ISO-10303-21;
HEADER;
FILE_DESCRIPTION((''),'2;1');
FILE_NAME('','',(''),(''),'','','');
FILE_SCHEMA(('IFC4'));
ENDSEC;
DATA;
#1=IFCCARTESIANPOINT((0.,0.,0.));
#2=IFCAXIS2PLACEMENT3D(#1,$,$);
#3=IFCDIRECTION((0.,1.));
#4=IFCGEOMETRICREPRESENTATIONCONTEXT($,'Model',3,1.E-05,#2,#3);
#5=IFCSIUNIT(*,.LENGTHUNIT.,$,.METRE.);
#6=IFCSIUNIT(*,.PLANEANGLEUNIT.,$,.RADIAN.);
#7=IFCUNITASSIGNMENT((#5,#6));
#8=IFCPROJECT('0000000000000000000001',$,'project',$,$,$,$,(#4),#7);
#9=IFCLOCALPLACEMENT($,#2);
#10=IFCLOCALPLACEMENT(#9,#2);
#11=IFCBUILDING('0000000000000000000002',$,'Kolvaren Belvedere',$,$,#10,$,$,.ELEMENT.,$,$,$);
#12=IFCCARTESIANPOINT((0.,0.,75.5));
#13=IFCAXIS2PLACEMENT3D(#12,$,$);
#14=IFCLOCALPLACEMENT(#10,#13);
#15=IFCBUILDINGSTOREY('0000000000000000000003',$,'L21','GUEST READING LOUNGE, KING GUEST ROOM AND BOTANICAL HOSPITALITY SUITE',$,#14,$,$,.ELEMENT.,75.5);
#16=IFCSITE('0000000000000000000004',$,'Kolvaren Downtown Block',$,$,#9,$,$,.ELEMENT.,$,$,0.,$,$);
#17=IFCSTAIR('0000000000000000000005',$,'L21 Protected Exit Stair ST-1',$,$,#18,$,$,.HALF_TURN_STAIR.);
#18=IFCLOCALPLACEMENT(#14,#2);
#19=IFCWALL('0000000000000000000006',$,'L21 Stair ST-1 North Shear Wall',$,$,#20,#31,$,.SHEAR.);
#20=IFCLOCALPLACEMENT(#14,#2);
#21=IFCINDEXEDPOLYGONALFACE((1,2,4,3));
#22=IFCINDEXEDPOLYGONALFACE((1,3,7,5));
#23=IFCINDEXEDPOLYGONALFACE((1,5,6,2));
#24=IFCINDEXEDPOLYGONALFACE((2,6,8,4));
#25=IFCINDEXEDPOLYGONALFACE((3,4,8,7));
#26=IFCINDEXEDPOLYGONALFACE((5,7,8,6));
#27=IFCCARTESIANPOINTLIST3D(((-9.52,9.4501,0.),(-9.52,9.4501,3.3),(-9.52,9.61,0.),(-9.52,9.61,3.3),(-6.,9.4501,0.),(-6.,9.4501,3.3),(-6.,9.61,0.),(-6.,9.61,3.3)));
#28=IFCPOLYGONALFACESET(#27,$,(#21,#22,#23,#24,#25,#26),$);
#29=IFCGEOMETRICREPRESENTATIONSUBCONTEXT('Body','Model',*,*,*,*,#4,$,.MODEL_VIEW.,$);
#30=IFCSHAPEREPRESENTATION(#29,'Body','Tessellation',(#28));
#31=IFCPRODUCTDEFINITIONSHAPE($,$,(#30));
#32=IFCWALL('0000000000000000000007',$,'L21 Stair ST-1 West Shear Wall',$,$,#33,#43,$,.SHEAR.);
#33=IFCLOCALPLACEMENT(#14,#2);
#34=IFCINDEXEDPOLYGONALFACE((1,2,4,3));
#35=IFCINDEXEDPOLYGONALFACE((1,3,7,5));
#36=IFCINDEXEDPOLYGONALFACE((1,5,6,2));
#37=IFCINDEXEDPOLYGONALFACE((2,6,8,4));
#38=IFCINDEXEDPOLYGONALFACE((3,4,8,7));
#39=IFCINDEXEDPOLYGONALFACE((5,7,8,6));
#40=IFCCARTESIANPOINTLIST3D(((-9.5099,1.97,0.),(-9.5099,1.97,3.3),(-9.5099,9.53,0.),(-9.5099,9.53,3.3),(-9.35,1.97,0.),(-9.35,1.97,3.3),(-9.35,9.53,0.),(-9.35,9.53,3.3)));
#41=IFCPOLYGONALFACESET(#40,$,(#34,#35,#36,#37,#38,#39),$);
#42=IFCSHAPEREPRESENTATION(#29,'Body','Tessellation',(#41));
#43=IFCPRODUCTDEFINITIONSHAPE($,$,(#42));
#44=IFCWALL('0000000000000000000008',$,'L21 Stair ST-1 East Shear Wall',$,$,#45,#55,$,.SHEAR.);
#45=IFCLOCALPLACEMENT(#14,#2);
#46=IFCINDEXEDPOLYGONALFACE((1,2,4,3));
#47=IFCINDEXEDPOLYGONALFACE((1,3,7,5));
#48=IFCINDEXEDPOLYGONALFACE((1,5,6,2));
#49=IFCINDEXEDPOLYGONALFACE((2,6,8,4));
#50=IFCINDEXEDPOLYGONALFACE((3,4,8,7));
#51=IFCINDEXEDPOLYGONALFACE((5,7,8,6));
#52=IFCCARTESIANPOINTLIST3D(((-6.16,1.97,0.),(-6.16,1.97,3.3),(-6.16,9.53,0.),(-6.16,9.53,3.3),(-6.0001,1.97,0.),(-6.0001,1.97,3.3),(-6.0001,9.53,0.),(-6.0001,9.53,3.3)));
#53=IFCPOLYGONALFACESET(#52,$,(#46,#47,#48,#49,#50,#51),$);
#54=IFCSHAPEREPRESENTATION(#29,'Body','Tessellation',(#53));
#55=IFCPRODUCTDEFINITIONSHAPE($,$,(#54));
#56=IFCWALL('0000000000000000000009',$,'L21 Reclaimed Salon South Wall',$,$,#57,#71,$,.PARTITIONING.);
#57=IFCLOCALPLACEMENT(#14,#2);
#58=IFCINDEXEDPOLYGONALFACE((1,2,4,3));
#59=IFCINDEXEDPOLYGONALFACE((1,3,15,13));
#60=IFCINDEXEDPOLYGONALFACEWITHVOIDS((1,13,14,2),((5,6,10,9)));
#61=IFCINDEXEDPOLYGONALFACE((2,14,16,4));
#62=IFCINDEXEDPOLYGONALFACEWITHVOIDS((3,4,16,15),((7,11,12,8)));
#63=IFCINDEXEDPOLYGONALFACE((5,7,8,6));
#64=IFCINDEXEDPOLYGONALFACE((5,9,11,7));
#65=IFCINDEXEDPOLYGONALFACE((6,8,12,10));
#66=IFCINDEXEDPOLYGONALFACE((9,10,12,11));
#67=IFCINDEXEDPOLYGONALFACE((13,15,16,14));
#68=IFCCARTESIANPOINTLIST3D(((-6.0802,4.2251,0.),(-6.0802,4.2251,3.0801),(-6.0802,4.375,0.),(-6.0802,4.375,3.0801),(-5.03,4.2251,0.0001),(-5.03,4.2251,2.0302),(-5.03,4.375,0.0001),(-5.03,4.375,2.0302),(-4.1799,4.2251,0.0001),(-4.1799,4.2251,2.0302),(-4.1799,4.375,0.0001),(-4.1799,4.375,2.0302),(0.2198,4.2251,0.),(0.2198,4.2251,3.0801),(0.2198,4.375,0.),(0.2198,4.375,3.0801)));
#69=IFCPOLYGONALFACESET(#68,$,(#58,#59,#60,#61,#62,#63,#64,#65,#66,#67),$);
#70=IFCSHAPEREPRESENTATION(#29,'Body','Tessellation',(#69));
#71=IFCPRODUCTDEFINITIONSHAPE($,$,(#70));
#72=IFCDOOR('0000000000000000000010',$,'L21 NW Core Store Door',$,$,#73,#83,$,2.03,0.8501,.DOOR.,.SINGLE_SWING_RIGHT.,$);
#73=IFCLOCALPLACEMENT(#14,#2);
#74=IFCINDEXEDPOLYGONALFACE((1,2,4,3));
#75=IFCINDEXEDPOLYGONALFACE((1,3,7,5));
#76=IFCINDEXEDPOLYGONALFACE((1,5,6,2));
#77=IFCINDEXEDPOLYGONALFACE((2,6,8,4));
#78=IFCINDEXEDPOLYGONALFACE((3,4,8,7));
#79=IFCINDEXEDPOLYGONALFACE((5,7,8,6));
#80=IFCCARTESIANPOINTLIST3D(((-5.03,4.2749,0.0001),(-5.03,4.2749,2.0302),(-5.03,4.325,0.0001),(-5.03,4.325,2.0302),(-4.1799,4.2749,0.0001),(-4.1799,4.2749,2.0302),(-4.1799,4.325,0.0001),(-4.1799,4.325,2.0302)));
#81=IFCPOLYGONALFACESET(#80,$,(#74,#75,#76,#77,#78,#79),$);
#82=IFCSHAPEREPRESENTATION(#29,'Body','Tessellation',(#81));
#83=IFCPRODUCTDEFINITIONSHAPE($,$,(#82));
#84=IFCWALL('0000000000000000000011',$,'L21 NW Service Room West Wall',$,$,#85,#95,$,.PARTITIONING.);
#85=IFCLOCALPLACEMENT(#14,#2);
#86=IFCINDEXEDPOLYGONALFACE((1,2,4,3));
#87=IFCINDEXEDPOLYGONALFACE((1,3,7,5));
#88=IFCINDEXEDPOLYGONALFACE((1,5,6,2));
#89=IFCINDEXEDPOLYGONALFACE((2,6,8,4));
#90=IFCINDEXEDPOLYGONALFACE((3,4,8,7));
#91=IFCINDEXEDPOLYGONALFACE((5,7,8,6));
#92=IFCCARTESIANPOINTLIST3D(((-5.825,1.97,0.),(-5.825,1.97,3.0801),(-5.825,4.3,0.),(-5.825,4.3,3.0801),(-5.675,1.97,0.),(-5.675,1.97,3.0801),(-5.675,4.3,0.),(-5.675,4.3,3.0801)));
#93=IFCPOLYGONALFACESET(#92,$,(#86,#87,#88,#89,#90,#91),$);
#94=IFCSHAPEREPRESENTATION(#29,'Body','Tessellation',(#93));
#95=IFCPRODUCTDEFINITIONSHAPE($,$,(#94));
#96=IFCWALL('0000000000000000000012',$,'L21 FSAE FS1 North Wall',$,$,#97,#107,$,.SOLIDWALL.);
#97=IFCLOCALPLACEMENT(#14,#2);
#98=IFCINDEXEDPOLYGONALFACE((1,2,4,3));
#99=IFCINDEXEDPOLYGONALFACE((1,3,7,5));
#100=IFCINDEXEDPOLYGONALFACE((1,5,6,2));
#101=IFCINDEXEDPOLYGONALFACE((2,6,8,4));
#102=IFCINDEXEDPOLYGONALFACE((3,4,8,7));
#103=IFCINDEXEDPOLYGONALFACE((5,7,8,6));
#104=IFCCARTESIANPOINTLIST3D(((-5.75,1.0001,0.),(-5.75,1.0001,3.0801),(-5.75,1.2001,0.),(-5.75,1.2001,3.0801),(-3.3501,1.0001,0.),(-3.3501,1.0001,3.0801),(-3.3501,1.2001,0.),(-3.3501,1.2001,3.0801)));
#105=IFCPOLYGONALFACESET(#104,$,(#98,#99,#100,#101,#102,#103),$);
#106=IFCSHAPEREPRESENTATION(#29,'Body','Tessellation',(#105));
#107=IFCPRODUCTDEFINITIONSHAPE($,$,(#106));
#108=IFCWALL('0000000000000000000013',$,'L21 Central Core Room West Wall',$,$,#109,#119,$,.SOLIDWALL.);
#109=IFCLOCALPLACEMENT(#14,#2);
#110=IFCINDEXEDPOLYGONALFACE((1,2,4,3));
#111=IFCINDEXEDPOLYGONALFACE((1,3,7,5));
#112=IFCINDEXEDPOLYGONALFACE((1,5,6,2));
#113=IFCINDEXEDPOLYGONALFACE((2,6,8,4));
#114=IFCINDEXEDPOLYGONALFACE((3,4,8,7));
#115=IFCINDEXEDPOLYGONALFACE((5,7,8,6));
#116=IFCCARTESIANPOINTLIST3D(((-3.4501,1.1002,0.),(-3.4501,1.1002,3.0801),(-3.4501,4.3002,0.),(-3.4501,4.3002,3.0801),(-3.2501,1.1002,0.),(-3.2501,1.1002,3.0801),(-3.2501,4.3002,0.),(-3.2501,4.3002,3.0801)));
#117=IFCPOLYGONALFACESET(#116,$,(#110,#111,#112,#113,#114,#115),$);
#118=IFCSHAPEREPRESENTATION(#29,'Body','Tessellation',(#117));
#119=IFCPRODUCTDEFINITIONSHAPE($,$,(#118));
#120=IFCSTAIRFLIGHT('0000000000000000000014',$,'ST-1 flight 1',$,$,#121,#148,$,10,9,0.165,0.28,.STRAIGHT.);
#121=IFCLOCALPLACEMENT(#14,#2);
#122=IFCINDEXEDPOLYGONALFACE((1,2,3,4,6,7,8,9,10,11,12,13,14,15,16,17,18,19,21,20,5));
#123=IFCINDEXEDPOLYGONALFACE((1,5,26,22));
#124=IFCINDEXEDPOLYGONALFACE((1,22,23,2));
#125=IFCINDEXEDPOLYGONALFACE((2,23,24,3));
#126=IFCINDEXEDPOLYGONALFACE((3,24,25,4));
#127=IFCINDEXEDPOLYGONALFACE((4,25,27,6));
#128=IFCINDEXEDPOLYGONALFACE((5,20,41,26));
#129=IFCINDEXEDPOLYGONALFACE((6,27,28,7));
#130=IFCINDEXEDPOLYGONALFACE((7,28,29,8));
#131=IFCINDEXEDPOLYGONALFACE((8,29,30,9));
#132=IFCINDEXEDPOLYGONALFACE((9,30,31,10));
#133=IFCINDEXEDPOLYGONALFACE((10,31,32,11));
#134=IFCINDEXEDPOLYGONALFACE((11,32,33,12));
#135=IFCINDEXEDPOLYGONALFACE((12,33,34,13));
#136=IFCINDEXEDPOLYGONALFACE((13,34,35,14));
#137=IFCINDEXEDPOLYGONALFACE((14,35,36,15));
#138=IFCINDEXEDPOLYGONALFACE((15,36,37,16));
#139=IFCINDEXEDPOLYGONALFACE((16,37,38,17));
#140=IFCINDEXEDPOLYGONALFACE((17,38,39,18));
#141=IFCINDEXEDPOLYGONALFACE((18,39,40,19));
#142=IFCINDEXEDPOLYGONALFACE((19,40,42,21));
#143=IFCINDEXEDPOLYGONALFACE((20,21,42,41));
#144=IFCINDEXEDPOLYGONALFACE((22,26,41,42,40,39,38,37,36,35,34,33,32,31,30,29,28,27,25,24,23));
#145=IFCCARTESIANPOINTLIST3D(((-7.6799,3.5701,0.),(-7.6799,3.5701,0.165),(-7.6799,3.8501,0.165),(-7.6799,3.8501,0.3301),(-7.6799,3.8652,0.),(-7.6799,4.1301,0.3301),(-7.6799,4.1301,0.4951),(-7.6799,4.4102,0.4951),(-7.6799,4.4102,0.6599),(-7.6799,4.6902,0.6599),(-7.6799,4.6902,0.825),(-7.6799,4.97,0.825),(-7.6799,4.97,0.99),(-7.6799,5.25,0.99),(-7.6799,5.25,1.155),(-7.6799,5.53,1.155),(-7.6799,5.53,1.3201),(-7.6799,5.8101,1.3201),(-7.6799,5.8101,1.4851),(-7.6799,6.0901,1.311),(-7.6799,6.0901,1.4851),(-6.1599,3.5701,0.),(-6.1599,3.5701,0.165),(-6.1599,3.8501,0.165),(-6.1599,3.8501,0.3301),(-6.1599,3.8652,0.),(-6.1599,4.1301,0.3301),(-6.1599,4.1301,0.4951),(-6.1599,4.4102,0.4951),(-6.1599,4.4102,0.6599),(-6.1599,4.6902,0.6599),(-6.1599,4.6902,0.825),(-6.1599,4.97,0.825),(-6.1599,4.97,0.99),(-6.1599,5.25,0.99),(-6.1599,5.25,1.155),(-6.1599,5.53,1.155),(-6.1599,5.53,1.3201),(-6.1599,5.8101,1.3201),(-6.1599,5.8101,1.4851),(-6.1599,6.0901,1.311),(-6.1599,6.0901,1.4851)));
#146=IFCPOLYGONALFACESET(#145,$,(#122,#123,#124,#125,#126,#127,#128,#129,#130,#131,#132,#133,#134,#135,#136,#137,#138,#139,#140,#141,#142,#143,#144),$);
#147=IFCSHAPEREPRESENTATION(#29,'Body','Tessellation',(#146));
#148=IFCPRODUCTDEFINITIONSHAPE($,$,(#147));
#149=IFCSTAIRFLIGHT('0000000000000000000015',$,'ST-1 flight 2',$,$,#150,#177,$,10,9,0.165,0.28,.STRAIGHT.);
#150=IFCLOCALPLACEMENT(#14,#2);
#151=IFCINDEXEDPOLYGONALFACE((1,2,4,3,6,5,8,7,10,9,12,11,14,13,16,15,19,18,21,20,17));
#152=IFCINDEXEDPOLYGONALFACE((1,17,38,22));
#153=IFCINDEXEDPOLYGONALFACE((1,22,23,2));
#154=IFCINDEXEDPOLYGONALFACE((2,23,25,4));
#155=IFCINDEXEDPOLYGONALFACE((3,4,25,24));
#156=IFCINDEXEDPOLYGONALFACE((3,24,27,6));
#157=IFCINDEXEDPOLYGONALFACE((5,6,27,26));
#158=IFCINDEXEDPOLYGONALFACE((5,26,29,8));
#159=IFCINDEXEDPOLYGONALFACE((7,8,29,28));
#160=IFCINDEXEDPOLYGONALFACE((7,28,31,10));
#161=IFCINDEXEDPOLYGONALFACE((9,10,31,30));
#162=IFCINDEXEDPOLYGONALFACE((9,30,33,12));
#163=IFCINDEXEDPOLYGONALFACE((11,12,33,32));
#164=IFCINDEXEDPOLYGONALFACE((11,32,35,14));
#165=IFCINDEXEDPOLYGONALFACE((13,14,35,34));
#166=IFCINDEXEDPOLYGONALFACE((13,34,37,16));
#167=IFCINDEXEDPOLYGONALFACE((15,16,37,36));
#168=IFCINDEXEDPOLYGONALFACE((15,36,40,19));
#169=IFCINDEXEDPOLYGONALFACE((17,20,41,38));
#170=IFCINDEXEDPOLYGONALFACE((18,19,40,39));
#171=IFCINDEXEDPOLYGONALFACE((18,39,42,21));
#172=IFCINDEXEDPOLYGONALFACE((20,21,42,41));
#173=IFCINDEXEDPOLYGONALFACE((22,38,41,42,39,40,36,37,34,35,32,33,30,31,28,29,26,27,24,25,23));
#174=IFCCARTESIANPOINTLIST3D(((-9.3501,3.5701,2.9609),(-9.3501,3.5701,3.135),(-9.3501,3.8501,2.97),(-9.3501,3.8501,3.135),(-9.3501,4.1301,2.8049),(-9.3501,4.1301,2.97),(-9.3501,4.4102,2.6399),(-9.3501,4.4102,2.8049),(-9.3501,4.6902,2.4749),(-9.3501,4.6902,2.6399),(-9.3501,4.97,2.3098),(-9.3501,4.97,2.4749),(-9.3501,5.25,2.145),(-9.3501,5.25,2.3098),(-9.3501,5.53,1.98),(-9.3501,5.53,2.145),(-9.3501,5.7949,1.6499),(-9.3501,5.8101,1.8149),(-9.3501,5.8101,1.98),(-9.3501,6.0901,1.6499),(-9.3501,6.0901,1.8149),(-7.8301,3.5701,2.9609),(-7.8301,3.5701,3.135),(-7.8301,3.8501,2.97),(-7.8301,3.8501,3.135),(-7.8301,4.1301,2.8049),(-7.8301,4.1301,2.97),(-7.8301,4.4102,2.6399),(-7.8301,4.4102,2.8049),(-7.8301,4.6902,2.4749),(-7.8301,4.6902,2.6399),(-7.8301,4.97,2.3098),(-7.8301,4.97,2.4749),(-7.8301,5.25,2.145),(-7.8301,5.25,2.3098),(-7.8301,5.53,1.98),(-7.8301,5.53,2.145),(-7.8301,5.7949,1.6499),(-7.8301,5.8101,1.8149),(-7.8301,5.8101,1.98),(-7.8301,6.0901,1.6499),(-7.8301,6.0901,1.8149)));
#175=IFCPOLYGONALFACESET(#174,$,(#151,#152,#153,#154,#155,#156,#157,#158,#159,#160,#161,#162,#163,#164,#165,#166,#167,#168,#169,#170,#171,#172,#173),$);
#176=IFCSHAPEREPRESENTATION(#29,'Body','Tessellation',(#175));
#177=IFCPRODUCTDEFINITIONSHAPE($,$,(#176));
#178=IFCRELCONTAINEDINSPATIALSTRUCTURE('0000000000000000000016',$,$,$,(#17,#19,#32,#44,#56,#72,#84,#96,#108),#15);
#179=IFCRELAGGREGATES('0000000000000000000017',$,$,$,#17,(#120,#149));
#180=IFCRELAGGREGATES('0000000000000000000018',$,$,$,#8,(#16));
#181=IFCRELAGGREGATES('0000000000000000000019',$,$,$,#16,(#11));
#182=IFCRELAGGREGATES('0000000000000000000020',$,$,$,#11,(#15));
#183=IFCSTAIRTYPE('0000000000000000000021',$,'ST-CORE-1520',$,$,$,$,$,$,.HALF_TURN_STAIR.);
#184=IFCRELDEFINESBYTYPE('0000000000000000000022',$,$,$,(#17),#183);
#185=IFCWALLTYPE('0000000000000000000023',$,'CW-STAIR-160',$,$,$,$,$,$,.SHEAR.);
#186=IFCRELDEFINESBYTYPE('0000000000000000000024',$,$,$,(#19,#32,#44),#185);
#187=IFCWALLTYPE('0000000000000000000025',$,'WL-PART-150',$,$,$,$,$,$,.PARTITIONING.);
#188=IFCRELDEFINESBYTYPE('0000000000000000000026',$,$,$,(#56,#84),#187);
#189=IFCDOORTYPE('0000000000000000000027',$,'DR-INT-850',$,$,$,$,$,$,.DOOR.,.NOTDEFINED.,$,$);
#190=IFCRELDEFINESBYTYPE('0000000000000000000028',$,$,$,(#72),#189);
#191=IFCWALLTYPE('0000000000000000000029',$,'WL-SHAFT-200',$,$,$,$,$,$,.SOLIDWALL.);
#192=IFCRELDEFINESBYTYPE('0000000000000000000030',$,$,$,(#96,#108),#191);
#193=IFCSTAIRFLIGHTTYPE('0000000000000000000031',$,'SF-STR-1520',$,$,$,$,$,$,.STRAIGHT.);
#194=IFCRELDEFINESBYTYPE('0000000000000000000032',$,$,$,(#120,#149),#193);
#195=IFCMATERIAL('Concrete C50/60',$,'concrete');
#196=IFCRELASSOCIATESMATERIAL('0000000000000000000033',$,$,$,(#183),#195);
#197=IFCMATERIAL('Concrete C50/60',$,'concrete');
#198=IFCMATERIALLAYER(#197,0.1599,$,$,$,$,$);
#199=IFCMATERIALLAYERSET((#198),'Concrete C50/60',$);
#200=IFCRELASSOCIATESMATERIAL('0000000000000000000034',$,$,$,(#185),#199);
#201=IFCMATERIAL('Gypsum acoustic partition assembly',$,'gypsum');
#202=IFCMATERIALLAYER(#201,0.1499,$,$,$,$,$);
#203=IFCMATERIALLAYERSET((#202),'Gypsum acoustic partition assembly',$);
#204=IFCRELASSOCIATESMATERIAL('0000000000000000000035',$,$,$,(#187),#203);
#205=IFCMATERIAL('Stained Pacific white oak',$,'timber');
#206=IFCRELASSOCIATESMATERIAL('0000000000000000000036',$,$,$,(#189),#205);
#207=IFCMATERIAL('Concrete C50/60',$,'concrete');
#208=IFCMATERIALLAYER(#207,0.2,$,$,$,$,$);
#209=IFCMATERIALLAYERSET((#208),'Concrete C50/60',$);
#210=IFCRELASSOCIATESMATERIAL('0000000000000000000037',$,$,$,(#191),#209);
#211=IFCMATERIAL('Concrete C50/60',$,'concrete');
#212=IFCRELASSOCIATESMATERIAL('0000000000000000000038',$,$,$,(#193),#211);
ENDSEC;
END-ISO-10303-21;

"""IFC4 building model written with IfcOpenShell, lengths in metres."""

from ifc_helpers import new_model, si_unit, direction, frame, frame_2d, origin, place, context, subcontext, project, spatial, polyline, rectangle, outline, extrude, material, layer, layer_set, type_object, element, fill, aggregate, save


model = new_model("IFC4")

# Units and contexts
model_context = context("Model", 3, precision=1e-05, world=origin(), true_north=direction((0.0, 1.0)))
body_context = subcontext(model_context, "Body", "Model", "MODEL_VIEW")
ifc_project = project(units=[si_unit("LENGTHUNIT", "METRE"), si_unit("PLANEANGLEUNIT", "RADIAN")], contexts=[model_context])

# Site, building, storey
site_placement = place(None, origin())
site = spatial("IfcSite", under=ifc_project, at=site_placement, Name="Kolvaren Downtown Block", CompositionType="ELEMENT", RefElevation=0.0)
building_placement = place(site_placement, origin())
building = spatial("IfcBuilding", under=site, at=building_placement, Name="Kolvaren Belvedere", CompositionType="ELEMENT")
storey_placement = place(building_placement, frame((0.0, 0.0, 75.5)))
storey = spatial("IfcBuildingStorey", under=building, at=storey_placement, Name="L21", Description="GUEST READING LOUNGE, KING GUEST ROOM AND BOTANICAL HOSPITALITY SUITE", CompositionType="ELEMENT", Elevation=75.5)

# Stair
ifc_material_1 = material(Name="Concrete C50/60", Category="concrete")
stair_type = type_object("IfcStairType", Name="ST-CORE-1520", PredefinedType="HALF_TURN_STAIR", material=ifc_material_1)
stair_1_placement = place(storey_placement, origin())
stair_1 = element("IfcStair", 1, at=stair_1_placement, inside=storey, type_object=stair_type, Name="L21 Protected Exit Stair ST-1", PredefinedType="HALF_TURN_STAIR")

# Shared definitions
ifc_material_2 = material(Name="Concrete C50/60", Category="concrete")
ifc_layer_1 = layer(ifc_material_2, 0.1599)
ifc_layer_set_1 = layer_set([ifc_layer_1], Name="Concrete C50/60")
wall_type_1 = type_object("IfcWallType", Name="CW-STAIR-160", PredefinedType="SHEAR", material=ifc_layer_set_1)

# Walls
wall_1_placement = place(storey_placement, frame((-9.52, 9.53, 0.0), z_axis=(0.0, 0.0, 1.0), x_axis=(1.0, 0.0, 0.0)))
element("IfcWall", 2, at=wall_1_placement, inside=storey, type_object=wall_type_1, Name="L21 Stair ST-1 North Shear Wall", PredefinedType="SHEAR", context=body_context, shape_type="SweptSolid", body=[
    extrude(rectangle(XDim=3.52, YDim=0.1599, at=frame_2d((1.76, 0.0))), origin(), (0.0, 0.0, 1.0), 3.3),
])
for number, where, z_axis, x_axis, name in (
    (3, (-9.4299, 1.97, 0.0), (0.0, 0.0, 1.0), (0.0, 1.0, 0.0), "L21 Stair ST-1 West Shear Wall"),
    (4, (-6.0801, 1.97, 0.0), (0.0, 0.0, 1.0), (0.0, 1.0, 0.0), "L21 Stair ST-1 East Shear Wall"),
):
    element("IfcWall", number, at=place(storey_placement, frame(where, z_axis=z_axis, x_axis=x_axis)), inside=storey, type_object=wall_type_1, Name=name, PredefinedType="SHEAR", context=body_context, shape_type="SweptSolid", body=[
        extrude(rectangle(XDim=7.5601, YDim=0.1599, at=frame_2d((3.78, 0.0))), origin(), (0.0, 0.0, 1.0), 3.3),
    ])

# Wall, opening, door
ifc_material_3 = material(Name="Gypsum acoustic partition assembly", Category="gypsum")
ifc_layer_2 = layer(ifc_material_3, 0.1499)
ifc_layer_set_2 = layer_set([ifc_layer_2], Name="Gypsum acoustic partition assembly")
wall_type_2 = type_object("IfcWallType", Name="WL-PART-150", PredefinedType="PARTITIONING", material=ifc_layer_set_2)
wall_2_placement = place(storey_placement, frame((-6.0801, 4.3, 0.0), z_axis=(0.0, 0.0, 1.0), x_axis=(1.0, 0.0, 0.0)))
wall_2 = element("IfcWall", 5, at=wall_2_placement, inside=storey, type_object=wall_type_2, Name="L21 Reclaimed Salon South Wall", PredefinedType="PARTITIONING", context=body_context, shape_type="SweptSolid", body=[
    extrude(rectangle(XDim=6.3, YDim=0.1499, at=frame_2d((3.1499, 0.0))), origin(), (0.0, 0.0, 1.0), 3.0801),
])
opening_1_placement = place(wall_2_placement, frame((1.05, 0.0, 0.0)))
opening_1 = element("IfcOpeningElement", 6, at=opening_1_placement, cuts=wall_2, PredefinedType="OPENING", context=body_context, shape_type="SweptSolid", body=[
    extrude(rectangle(XDim=0.8501, YDim=2.03, at=frame_2d((0.425, 1.0151))), frame((0.0, 0.085, 0.0), z_axis=(0.0, -1.0, 0.0), x_axis=(1.0, 0.0, 0.0)), (0.0, 0.0, 1.0), 0.1699),
])
ifc_material_4 = material(Name="Stained Pacific white oak", Category="timber")
door_type_1 = type_object("IfcDoorType", Name="DR-INT-850", OperationType="NOTDEFINED", PredefinedType="DOOR", material=ifc_material_4)
door_1_placement = place(opening_1_placement, origin())
door_1 = element("IfcDoor", 7, at=door_1_placement, inside=storey, type_object=door_type_1, Name="L21 NW Core Store Door", OperationType="SINGLE_SWING_RIGHT", OverallHeight=2.03, OverallWidth=0.8501, PredefinedType="DOOR", context=body_context, shape_type="SweptSolid", body=[
    extrude(rectangle(XDim=0.8501, YDim=2.03, at=frame_2d((0.425, 1.0151))), frame((0.0, 0.0249, 0.0), z_axis=(0.0, -1.0, 0.0), x_axis=(1.0, 0.0, 0.0)), (0.0, 0.0, 1.0), 0.05),
])
fill(opening_1, door_1)

# Walls
wall_3_placement = place(storey_placement, frame((-5.75, 1.97, 0.0), z_axis=(0.0, 0.0, 1.0), x_axis=(0.0, 1.0, 0.0)))
element("IfcWall", 8, at=wall_3_placement, inside=storey, type_object=wall_type_2, Name="L21 NW Service Room West Wall", PredefinedType="PARTITIONING", context=body_context, shape_type="SweptSolid", body=[
    extrude(rectangle(XDim=2.3301, YDim=0.1499, at=frame_2d((1.165, 0.0))), origin(), (0.0, 0.0, 1.0), 3.0801),
])
ifc_material_5 = material(Name="Concrete C50/60", Category="concrete")
ifc_layer_3 = layer(ifc_material_5, 0.2)
ifc_layer_set_3 = layer_set([ifc_layer_3], Name="Concrete C50/60")
wall_type_3 = type_object("IfcWallType", Name="WL-SHAFT-200", PredefinedType="SOLIDWALL", material=ifc_layer_set_3)
wall_4_placement = place(storey_placement, frame((-5.75, 1.1001, 0.0), z_axis=(0.0, 0.0, 1.0), x_axis=(1.0, 0.0, 0.0)))
element("IfcWall", 9, at=wall_4_placement, inside=storey, type_object=wall_type_3, Name="L21 FSAE FS1 North Wall", PredefinedType="SOLIDWALL", context=body_context, shape_type="SweptSolid", body=[
    extrude(rectangle(XDim=2.3999, YDim=0.2, at=frame_2d((1.2, 0.0))), origin(), (0.0, 0.0, 1.0), 3.0801),
])
wall_5_placement = place(storey_placement, frame((-3.3501, 1.1001, 0.0), z_axis=(0.0, 0.0, 1.0), x_axis=(0.0, 1.0, 0.0)))
element("IfcWall", 10, at=wall_5_placement, inside=storey, type_object=wall_type_3, Name="L21 Central Core Room West Wall", PredefinedType="SOLIDWALL", context=body_context, shape_type="SweptSolid", body=[
    extrude(rectangle(XDim=3.2, YDim=0.2, at=frame_2d((1.6001, 0.0))), origin(), (0.0, 0.0, 1.0), 3.0801),
])

# Stair flights
ifc_material_6 = material(Name="Concrete C50/60", Category="concrete")
stair_flight_type = type_object("IfcStairFlightType", Name="SF-STR-1520", PredefinedType="STRAIGHT", material=ifc_material_6)
stair_flight_1_placement = place(storey_placement, frame((-6.9199, 3.5701, 0.0), z_axis=(0.0, 0.0, 1.0), x_axis=(0.0, 1.0, 0.0)))
stair_flight_1 = element("IfcStairFlight", 11, at=stair_flight_1_placement, type_object=stair_flight_type, Name="ST-1 flight 1", NumberOfRisers=10, NumberOfTreads=9, PredefinedType="STRAIGHT", RiserHeight=0.165, TreadLength=0.28, context=body_context, shape_type="SweptSolid", body=[
    extrude(outline(polyline([(0.0, 0.0), (0.0, 0.165), (0.28, 0.165), (0.28, 0.3301), (0.5601, 0.3301), (0.5601, 0.4951), (0.8401, 0.4951), (0.8401, 0.6599), (1.1201, 0.6599), (1.1201, 0.825), (1.3999, 0.825), (1.3999, 0.99), (1.6799, 0.99), (1.6799, 1.155), (1.96, 1.155), (1.96, 1.3201), (2.24, 1.3201), (2.24, 1.4851), (2.52, 1.4851), (2.52, 1.6499), (2.52, 1.311), (0.2952, 0.0), (0.0, 0.0)])), frame((0.0, 0.76, 0.0), z_axis=(0.0, -1.0, 0.0), x_axis=(1.0, 0.0, 0.0)), (0.0, 0.0, 1.0), 1.52),
])
stair_flight_2_placement = place(storey_placement, frame((-8.5901, 6.0901, 1.6499), z_axis=(0.0, 0.0, 1.0), x_axis=(0.0, -1.0, 0.0)))
stair_flight_2 = element("IfcStairFlight", 12, at=stair_flight_2_placement, type_object=stair_flight_type, Name="ST-1 flight 2", NumberOfRisers=10, NumberOfTreads=9, PredefinedType="STRAIGHT", RiserHeight=0.165, TreadLength=0.28, context=body_context, shape_type="SweptSolid", body=[
    extrude(outline(polyline([(0.0, 0.0), (0.0, 0.165), (0.28, 0.165), (0.28, 0.3301), (0.5601, 0.3301), (0.5601, 0.4951), (0.8401, 0.4951), (0.8401, 0.6599), (1.1201, 0.6599), (1.1201, 0.825), (1.3999, 0.825), (1.3999, 0.99), (1.6799, 0.99), (1.6799, 1.155), (1.96, 1.155), (1.96, 1.3201), (2.24, 1.3201), (2.24, 1.4851), (2.52, 1.4851), (2.52, 1.6499), (2.52, 1.311), (0.2952, 0.0), (0.0, 0.0)])), frame((0.0, 0.76, 0.0), z_axis=(0.0, -1.0, 0.0), x_axis=(1.0, 0.0, 0.0)), (0.0, 0.0, 1.0), 1.52),
])
aggregate(stair_1, [stair_flight_1, stair_flight_2])

save(model, "model.ifc")
